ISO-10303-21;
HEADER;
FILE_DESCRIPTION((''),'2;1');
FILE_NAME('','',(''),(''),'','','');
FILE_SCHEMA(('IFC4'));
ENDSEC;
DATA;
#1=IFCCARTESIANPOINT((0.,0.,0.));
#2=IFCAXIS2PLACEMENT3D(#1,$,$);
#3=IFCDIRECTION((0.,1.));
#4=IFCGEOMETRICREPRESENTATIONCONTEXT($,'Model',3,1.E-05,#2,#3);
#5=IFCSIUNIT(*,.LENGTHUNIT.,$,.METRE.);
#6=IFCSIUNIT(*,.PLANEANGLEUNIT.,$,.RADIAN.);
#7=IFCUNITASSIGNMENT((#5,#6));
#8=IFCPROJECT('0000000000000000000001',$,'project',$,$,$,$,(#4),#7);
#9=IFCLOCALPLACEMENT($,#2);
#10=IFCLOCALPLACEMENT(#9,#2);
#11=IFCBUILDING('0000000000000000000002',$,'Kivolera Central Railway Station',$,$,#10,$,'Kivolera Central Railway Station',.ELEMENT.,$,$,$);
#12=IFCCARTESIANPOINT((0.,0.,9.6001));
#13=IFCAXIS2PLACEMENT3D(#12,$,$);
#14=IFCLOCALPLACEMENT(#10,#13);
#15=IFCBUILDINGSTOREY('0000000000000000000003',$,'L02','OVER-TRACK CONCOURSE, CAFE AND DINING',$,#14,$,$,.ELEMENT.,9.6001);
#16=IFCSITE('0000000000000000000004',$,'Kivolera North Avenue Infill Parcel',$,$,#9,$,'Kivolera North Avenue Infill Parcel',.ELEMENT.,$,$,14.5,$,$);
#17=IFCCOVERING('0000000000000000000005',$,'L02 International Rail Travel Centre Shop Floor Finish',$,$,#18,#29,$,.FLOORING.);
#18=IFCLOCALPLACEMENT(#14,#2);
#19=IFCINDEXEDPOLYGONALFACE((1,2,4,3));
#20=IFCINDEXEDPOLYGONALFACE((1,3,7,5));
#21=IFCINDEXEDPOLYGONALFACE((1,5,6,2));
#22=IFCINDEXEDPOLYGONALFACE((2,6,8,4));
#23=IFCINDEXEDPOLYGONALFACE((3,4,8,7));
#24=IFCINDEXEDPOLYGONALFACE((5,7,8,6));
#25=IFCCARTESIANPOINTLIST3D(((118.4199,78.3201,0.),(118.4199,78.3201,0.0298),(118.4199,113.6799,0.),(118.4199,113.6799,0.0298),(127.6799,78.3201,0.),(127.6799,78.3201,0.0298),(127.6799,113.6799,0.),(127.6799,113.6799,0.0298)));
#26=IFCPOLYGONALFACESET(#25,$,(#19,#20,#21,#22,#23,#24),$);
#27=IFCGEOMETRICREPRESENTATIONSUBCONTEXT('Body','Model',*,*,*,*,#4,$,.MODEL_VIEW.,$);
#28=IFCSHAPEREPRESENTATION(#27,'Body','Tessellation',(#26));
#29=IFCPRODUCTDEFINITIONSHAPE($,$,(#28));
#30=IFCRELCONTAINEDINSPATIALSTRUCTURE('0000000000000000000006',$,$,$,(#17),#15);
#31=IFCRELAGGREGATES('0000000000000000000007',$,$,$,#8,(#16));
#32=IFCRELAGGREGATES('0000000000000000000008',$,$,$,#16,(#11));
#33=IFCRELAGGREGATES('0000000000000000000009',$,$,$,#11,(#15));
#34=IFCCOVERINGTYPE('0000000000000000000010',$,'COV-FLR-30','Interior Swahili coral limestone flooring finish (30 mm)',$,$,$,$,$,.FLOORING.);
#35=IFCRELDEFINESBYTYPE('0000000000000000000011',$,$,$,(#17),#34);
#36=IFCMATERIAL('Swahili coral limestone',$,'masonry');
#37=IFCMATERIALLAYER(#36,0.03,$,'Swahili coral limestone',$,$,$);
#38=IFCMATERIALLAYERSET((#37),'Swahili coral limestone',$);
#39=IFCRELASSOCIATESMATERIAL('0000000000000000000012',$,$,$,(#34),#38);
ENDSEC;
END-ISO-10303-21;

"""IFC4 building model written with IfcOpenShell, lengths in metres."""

from ifc_helpers import new_model, si_unit, direction, frame, origin, place, context, subcontext, project, spatial, polyline, outline, extrude, material, layer, layer_set, type_object, element, save


model = new_model("IFC4")

# Units and contexts
model_context = context("Model", 3, precision=1e-05, world=origin(), true_north=direction((0.0, 1.0)))
body_context = subcontext(model_context, "Body", "Model", "MODEL_VIEW")
ifc_project = project(units=[si_unit("LENGTHUNIT", "METRE"), si_unit("PLANEANGLEUNIT", "RADIAN")], contexts=[model_context])

# Site, building, storey
site_placement = place(None, origin())
site = spatial("IfcSite", under=ifc_project, at=site_placement, Name="Kivolera North Avenue Infill Parcel", LongName="Kivolera North Avenue Infill Parcel", CompositionType="ELEMENT", RefElevation=14.5)
building_placement = place(site_placement, origin())
building = spatial("IfcBuilding", under=site, at=building_placement, Name="Kivolera Central Railway Station", LongName="Kivolera Central Railway Station", CompositionType="ELEMENT")
storey_placement = place(building_placement, frame((0.0, 0.0, 9.6001)))
storey = spatial("IfcBuildingStorey", under=building, at=storey_placement, Name="L02", Description="OVER-TRACK CONCOURSE, CAFE AND DINING", CompositionType="ELEMENT", Elevation=9.6001)

# Covering
ifc_material_1 = material(Name="Swahili coral limestone", Category="masonry")
ifc_layer_1 = layer(ifc_material_1, 0.03, Name="Swahili coral limestone")
ifc_layer_set_1 = layer_set([ifc_layer_1], Name="Swahili coral limestone")
covering_type_1 = type_object("IfcCoveringType", Name="COV-FLR-30", Description="Interior Swahili coral limestone flooring finish (30 mm)", PredefinedType="FLOORING", material=ifc_layer_set_1)
covering_1_placement = place(storey_placement, origin())
element("IfcCovering", 1, at=covering_1_placement, inside=storey, type_object=covering_type_1, Name="L02 International Rail Travel Centre Shop Floor Finish", PredefinedType="FLOORING", context=body_context, shape_type="SweptSolid", body=[
    extrude(outline(polyline([(118.4199, 78.3201), (127.6799, 78.3201), (127.6799, 113.6799), (118.4199, 113.6799), (118.4199, 78.3201)])), origin(), (0.0, 0.0, 1.0), 0.0298),
])

save(model, "model.ifc")
